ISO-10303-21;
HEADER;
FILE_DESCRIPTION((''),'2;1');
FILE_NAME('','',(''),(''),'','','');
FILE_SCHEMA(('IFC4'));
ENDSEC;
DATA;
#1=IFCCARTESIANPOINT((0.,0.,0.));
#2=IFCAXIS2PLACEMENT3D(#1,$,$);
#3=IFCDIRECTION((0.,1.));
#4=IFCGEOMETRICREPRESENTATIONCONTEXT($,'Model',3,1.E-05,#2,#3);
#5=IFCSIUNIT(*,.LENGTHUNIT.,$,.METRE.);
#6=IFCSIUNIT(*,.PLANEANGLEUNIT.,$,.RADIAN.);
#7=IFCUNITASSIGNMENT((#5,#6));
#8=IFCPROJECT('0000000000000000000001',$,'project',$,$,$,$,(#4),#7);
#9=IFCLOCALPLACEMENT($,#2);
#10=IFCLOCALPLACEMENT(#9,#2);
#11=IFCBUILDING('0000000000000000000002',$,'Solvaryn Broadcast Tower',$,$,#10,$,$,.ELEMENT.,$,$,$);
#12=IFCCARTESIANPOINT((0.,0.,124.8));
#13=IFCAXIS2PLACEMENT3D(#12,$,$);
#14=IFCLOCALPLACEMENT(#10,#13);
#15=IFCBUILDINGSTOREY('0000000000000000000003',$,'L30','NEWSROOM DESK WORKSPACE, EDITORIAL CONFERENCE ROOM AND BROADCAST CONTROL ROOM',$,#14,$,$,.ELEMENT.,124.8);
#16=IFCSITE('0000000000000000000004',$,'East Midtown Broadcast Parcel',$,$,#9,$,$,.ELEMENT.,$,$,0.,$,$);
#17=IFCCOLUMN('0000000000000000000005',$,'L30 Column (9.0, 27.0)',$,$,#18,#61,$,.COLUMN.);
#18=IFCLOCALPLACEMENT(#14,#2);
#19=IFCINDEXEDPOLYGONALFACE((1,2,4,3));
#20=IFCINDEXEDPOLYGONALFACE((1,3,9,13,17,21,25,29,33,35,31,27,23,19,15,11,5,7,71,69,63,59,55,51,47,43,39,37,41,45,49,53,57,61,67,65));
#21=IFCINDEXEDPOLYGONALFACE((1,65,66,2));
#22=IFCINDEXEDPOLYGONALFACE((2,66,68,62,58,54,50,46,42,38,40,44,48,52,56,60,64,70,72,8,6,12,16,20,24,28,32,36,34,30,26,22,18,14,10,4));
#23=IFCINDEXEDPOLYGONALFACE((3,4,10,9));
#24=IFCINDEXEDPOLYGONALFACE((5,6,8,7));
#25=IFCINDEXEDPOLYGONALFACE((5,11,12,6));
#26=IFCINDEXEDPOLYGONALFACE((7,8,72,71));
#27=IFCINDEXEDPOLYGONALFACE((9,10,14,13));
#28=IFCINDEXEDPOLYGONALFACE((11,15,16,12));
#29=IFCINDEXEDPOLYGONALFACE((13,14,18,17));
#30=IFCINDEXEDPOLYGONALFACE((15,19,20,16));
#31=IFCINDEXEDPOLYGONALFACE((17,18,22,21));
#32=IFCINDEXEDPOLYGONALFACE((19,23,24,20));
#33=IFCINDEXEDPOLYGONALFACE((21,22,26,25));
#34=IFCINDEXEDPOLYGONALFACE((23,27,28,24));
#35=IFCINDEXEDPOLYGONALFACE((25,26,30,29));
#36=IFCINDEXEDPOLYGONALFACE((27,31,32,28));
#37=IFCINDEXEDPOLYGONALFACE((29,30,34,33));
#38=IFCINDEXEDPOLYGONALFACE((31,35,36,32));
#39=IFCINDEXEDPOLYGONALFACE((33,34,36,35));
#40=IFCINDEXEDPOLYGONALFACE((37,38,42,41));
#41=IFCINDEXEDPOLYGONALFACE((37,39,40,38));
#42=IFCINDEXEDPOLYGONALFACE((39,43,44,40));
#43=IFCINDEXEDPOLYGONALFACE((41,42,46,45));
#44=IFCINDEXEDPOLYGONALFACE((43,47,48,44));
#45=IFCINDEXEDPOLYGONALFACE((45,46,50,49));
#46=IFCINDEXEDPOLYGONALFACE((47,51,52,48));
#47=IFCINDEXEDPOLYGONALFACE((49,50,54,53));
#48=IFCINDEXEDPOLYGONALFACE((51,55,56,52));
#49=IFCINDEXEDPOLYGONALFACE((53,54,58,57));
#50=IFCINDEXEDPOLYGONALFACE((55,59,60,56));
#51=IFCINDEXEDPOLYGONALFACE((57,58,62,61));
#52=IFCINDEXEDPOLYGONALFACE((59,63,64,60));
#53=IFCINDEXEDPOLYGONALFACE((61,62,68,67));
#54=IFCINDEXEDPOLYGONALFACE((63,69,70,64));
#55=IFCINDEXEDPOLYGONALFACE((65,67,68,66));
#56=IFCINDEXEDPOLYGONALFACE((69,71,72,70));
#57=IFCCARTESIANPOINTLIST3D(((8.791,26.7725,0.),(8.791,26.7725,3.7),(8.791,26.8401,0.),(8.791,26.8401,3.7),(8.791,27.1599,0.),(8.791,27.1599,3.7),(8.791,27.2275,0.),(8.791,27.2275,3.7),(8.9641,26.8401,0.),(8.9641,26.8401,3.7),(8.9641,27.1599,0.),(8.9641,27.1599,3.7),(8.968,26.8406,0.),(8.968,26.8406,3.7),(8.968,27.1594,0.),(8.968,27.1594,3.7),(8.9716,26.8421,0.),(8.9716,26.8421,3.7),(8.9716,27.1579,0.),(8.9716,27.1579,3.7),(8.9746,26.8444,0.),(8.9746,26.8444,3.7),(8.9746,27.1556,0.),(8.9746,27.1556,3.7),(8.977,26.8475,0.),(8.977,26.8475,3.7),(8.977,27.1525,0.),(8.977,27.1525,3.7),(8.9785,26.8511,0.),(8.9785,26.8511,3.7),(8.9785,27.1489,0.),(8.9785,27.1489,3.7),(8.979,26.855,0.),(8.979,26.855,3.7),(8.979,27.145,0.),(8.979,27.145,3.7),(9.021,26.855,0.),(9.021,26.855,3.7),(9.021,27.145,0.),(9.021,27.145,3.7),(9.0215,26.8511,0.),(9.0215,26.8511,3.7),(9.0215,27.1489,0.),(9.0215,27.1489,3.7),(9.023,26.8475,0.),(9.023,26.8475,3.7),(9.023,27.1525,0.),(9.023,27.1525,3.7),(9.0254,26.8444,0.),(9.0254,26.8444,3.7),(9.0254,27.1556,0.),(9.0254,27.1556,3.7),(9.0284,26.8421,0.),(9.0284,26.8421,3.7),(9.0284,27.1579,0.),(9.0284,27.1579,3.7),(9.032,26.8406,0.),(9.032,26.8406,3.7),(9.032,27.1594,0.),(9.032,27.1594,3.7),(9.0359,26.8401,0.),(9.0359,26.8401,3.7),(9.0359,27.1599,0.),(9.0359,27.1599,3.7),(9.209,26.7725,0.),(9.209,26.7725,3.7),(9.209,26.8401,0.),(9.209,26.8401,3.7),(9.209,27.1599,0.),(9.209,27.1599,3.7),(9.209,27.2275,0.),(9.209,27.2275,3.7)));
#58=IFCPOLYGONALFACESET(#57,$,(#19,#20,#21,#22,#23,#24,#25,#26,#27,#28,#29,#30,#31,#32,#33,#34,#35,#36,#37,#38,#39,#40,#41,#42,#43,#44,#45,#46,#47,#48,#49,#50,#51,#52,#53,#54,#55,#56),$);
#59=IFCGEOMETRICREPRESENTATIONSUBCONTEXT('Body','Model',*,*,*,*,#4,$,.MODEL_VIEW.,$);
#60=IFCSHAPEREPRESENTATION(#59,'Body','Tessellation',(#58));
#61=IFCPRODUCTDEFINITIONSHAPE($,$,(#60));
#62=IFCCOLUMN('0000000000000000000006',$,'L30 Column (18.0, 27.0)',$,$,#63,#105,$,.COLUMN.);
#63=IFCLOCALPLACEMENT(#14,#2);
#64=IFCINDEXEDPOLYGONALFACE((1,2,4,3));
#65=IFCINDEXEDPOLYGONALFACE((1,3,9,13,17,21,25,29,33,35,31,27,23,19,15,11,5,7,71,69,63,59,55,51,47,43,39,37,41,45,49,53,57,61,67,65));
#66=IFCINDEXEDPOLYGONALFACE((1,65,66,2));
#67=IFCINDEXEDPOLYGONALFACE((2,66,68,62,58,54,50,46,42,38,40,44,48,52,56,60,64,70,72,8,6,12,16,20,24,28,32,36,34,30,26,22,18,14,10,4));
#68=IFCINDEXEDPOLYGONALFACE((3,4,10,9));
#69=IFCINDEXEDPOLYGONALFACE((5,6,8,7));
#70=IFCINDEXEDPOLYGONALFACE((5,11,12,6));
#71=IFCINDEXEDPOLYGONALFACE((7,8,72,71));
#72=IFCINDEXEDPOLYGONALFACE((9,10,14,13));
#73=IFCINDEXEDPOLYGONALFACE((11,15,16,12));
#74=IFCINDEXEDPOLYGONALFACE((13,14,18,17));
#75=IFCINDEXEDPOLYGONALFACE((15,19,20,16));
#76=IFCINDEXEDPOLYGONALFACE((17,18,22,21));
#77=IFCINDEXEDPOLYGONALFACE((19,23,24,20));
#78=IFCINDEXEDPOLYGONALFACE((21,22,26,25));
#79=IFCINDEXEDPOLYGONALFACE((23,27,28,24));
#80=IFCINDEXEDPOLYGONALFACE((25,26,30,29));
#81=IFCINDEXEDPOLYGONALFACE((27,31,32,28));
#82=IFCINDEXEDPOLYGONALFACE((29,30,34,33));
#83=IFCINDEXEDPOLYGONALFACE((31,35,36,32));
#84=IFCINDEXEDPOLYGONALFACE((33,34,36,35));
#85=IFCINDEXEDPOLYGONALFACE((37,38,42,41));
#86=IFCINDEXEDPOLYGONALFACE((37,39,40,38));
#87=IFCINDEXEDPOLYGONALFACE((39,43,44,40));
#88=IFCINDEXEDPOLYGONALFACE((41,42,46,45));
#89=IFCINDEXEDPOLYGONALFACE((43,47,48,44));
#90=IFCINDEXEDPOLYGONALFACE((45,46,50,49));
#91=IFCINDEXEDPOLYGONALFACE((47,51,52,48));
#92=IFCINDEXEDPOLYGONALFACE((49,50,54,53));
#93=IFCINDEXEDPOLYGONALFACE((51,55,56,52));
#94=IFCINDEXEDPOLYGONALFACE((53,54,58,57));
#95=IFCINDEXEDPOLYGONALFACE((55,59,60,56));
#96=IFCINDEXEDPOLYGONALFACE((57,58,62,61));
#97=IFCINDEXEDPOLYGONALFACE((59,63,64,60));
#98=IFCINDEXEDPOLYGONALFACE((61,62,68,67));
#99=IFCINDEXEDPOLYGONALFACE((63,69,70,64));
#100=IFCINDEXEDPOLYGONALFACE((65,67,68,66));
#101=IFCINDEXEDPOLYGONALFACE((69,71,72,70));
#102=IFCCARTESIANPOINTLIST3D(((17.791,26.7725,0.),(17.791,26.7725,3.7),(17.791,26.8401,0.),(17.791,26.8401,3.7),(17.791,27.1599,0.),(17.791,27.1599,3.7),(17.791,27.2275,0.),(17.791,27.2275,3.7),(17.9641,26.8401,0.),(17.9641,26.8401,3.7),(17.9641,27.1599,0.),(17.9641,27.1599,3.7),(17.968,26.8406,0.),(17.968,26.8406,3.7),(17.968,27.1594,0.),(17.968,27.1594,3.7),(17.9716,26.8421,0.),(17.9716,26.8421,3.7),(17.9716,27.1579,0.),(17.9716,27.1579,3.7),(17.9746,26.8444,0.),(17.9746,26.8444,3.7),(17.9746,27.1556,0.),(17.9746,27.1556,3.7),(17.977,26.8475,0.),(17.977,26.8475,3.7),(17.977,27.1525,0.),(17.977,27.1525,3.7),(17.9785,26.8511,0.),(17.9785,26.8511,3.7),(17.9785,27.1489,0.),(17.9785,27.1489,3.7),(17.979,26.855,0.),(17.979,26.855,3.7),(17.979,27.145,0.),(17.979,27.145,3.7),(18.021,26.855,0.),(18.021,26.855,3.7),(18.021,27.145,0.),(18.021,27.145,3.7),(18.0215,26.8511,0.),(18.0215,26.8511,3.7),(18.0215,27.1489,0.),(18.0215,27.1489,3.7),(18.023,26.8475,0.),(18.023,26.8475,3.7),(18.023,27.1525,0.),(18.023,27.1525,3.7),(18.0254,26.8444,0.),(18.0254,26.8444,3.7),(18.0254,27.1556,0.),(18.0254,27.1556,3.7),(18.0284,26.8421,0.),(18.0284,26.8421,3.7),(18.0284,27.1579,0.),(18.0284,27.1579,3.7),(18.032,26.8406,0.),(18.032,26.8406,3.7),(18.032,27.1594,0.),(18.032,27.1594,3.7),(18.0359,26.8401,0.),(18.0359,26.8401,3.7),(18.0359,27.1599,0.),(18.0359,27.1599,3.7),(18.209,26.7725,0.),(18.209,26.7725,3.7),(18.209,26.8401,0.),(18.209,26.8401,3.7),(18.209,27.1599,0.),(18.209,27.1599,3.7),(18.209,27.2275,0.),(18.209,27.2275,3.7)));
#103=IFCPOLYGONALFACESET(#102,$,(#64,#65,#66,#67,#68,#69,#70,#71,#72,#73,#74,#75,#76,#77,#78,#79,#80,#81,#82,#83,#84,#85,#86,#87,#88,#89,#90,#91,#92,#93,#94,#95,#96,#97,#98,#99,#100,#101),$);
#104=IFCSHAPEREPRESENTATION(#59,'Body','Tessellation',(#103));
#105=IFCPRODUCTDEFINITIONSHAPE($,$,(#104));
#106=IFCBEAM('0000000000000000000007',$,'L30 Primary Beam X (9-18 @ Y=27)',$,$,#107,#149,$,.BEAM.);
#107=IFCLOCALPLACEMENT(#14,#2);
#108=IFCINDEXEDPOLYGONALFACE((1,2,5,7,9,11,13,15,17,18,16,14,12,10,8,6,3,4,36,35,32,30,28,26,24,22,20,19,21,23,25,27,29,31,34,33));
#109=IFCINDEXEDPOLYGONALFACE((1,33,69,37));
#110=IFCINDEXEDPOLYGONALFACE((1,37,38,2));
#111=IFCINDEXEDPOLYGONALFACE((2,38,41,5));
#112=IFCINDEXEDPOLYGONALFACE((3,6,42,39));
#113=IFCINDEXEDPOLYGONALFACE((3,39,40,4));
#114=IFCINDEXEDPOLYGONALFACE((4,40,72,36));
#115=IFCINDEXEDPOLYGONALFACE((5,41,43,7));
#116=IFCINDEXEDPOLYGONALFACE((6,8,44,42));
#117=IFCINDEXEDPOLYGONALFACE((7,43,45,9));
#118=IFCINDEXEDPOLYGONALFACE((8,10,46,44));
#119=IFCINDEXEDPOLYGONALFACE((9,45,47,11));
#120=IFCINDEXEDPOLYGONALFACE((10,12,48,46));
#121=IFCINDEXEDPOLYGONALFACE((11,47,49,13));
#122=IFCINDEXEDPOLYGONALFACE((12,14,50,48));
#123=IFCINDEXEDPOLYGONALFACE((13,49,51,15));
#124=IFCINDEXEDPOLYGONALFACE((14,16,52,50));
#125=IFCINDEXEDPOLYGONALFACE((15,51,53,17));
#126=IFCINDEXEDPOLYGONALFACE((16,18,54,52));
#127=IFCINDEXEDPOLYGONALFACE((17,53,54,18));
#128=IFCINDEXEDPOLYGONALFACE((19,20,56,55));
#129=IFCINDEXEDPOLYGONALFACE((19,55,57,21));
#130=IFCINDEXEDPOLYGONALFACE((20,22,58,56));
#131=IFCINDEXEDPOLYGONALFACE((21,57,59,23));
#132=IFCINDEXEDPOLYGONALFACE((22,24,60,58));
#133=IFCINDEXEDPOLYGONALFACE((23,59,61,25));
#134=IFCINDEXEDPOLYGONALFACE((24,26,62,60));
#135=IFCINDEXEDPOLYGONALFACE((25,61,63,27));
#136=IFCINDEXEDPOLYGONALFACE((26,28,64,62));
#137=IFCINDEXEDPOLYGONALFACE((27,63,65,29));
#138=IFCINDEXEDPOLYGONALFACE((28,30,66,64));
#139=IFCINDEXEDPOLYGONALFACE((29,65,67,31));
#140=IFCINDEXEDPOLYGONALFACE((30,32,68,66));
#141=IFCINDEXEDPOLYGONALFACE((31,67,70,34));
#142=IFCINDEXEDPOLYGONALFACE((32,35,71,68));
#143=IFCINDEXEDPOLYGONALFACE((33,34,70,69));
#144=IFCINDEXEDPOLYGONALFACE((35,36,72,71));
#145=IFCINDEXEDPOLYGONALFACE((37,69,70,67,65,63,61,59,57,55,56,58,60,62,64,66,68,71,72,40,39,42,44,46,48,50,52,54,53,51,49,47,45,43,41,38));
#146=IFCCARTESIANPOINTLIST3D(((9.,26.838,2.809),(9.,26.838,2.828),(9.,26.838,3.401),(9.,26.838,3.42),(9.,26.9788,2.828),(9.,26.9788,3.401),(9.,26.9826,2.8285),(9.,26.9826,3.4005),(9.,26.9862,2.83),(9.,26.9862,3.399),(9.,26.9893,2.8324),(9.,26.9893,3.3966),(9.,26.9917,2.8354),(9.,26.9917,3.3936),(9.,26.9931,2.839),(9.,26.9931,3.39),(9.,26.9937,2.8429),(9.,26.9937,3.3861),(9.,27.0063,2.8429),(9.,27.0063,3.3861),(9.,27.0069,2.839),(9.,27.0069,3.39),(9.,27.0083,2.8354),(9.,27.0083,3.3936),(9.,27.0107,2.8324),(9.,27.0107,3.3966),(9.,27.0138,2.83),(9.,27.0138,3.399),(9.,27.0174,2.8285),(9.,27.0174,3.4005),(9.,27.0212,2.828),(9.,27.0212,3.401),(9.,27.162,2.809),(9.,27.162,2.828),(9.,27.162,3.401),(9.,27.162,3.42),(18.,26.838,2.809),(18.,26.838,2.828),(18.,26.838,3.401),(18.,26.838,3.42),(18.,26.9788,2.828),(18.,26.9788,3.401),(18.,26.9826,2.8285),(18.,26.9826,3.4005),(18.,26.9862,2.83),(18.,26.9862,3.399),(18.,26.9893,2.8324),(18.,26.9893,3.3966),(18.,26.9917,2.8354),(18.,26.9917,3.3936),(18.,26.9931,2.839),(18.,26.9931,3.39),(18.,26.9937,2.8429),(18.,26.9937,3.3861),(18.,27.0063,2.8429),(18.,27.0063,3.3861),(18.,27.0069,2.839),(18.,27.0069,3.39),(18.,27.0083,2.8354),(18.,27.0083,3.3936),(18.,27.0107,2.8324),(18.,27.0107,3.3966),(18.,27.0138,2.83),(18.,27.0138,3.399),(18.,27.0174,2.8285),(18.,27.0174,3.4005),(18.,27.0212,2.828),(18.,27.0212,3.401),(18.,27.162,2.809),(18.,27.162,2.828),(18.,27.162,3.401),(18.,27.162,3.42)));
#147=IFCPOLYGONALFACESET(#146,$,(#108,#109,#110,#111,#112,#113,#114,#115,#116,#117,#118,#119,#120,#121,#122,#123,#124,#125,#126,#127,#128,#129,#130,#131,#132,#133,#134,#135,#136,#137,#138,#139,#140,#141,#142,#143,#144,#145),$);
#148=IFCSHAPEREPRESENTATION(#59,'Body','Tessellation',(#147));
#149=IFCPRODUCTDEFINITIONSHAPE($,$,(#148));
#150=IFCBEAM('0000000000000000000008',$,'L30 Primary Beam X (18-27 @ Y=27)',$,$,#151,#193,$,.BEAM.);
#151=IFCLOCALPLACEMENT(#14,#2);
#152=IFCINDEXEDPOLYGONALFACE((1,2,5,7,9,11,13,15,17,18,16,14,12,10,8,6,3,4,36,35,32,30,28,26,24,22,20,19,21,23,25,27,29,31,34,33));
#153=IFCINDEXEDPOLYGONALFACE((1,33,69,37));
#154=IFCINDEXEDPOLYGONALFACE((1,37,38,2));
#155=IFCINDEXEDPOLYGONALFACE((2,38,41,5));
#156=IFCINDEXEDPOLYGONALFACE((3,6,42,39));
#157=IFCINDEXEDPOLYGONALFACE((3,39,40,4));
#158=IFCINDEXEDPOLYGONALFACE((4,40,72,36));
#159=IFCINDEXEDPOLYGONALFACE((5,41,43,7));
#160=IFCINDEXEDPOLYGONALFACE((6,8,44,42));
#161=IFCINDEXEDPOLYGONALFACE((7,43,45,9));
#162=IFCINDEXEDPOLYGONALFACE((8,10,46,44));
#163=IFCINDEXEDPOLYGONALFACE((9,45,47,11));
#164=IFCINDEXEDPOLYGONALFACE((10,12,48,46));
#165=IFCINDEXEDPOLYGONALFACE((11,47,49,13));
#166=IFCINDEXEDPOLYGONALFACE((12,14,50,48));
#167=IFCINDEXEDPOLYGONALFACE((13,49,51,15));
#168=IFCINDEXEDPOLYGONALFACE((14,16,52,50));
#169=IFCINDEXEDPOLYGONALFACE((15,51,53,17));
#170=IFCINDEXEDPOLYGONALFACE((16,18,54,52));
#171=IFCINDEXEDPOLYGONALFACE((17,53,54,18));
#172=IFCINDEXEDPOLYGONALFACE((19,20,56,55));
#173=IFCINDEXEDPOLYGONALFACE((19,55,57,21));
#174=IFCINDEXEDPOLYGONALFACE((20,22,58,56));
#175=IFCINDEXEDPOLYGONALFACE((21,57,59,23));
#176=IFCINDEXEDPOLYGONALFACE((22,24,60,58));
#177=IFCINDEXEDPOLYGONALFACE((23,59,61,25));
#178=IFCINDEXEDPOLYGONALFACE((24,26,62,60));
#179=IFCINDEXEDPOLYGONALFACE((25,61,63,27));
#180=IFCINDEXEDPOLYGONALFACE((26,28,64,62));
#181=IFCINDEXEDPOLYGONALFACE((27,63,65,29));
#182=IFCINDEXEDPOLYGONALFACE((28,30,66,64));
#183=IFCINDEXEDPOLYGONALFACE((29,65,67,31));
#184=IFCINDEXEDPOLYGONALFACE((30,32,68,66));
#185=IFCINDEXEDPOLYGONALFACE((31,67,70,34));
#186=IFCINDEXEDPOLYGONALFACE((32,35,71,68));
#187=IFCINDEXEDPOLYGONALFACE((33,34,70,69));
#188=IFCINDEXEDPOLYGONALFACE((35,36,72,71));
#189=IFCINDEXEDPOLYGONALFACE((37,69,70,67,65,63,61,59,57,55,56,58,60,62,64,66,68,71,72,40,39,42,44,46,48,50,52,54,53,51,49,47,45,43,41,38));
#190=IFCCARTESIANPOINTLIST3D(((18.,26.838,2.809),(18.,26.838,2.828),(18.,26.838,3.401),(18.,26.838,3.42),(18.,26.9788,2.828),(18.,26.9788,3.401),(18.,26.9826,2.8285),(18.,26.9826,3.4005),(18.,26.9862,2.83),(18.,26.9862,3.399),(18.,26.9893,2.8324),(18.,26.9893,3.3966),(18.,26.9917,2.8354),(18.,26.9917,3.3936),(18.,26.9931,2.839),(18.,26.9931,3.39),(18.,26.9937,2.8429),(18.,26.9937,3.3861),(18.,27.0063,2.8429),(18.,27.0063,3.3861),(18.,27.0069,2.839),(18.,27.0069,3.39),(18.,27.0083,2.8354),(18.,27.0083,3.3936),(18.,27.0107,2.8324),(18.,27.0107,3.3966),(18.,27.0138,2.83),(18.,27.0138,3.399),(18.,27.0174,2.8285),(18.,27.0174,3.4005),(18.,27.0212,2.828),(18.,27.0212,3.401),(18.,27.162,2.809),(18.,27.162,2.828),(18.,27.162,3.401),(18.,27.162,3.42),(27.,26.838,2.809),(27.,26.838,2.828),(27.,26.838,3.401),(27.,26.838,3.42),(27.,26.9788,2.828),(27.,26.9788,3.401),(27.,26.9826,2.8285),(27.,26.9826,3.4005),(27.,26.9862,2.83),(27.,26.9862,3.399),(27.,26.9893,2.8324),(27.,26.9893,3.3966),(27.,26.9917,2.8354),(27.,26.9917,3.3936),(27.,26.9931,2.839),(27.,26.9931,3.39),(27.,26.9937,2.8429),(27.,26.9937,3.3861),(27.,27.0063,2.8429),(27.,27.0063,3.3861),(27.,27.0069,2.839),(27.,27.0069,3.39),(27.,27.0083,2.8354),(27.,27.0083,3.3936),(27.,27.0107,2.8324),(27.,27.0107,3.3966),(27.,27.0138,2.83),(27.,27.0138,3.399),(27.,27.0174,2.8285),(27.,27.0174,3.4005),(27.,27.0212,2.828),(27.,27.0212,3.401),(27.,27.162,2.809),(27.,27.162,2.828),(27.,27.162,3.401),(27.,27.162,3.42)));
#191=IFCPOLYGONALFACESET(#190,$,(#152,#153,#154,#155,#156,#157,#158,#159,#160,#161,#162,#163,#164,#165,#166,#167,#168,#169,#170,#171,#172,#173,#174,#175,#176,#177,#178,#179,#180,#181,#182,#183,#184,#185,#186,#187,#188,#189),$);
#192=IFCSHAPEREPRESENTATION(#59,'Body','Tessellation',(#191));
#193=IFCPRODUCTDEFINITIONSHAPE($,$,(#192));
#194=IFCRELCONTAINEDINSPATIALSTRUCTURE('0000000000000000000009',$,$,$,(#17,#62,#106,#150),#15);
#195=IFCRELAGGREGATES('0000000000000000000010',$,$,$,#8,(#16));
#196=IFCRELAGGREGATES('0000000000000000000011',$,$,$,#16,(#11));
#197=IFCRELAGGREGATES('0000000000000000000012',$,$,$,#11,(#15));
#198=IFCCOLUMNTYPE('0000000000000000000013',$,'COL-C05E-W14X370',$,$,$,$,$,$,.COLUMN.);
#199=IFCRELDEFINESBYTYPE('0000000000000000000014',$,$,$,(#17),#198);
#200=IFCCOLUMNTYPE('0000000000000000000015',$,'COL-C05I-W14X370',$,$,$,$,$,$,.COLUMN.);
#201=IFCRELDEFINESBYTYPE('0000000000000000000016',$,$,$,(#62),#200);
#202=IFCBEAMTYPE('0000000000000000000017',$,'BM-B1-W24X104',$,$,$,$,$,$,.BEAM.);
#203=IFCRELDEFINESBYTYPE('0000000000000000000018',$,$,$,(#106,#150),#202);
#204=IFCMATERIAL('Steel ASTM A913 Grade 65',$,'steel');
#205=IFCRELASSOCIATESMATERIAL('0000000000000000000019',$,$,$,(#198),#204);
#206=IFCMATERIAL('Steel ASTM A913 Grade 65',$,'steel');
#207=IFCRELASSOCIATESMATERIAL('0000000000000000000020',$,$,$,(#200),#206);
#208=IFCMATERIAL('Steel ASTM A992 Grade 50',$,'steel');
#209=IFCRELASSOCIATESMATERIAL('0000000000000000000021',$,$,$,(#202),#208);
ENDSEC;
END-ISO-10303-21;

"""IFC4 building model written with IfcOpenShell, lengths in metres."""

from ifc_helpers import new_model, si_unit, direction, frame, origin, origin_2d, place, context, subcontext, project, spatial, i_section, extrude, material, material_profile, profile_set, type_object, element, save


model = new_model("IFC4")

# Units and contexts
model_context = context("Model", 3, precision=1e-05, world=origin(), true_north=direction((0.0, 1.0)))
body_context = subcontext(model_context, "Body", "Model", "MODEL_VIEW")
ifc_project = project(units=[si_unit("LENGTHUNIT", "METRE"), si_unit("PLANEANGLEUNIT", "RADIAN")], contexts=[model_context])

# Site, building, storey
site_placement = place(None, origin())
site = spatial("IfcSite", under=ifc_project, at=site_placement, Name="East Midtown Broadcast Parcel", CompositionType="ELEMENT", RefElevation=0.0)
building_placement = place(site_placement, origin())
building = spatial("IfcBuilding", under=site, at=building_placement, Name="Solvaryn Broadcast Tower", CompositionType="ELEMENT")
storey_placement = place(building_placement, frame((0.0, 0.0, 124.8)))
storey = spatial("IfcBuildingStorey", under=building, at=storey_placement, Name="L30", Description="NEWSROOM DESK WORKSPACE, EDITORIAL CONFERENCE ROOM AND BROADCAST CONTROL ROOM", CompositionType="ELEMENT", Elevation=124.8)

# Columns
ifc_material_1 = material(Name="Steel ASTM A913 Grade 65", Category="steel")
ifc_material_profile_1 = material_profile(ifc_material_1, i_section(OverallWidth=0.418, OverallDepth=0.4551, WebThickness=0.042, FlangeThickness=0.0676, FilletRadius=0.0149, at=origin_2d()))
ifc_profile_set_1 = profile_set([ifc_material_profile_1], Name="Steel ASTM A913 Grade 65")
column_type_1 = type_object("IfcColumnType", Name="COL-C05E-W14X370", PredefinedType="COLUMN", material=ifc_profile_set_1)
column_1_placement = place(storey_placement, frame((9.0, 27.0, 0.0), z_axis=(0.0, 0.0, 1.0), x_axis=(1.0, 0.0, 0.0)))
element("IfcColumn", 1, at=column_1_placement, inside=storey, type_object=column_type_1, Name="L30 Column (9.0, 27.0)", PredefinedType="COLUMN", context=body_context, shape_type="SweptSolid", body=[
    extrude(i_section(OverallWidth=0.418, OverallDepth=0.4551, WebThickness=0.042, FlangeThickness=0.0676, FilletRadius=0.0149, at=origin_2d()), origin(), (0.0, 0.0, 1.0), 3.7),
])
ifc_material_2 = material(Name="Steel ASTM A913 Grade 65", Category="steel")
ifc_material_profile_2 = material_profile(ifc_material_2, i_section(OverallWidth=0.418, OverallDepth=0.4551, WebThickness=0.042, FlangeThickness=0.0676, FilletRadius=0.0149, at=origin_2d()))
ifc_profile_set_2 = profile_set([ifc_material_profile_2], Name="Steel ASTM A913 Grade 65")
column_type_2 = type_object("IfcColumnType", Name="COL-C05I-W14X370", PredefinedType="COLUMN", material=ifc_profile_set_2)
column_2_placement = place(storey_placement, frame((18.0, 27.0, 0.0), z_axis=(0.0, 0.0, 1.0), x_axis=(1.0, 0.0, 0.0)))
element("IfcColumn", 2, at=column_2_placement, inside=storey, type_object=column_type_2, Name="L30 Column (18.0, 27.0)", PredefinedType="COLUMN", context=body_context, shape_type="SweptSolid", body=[
    extrude(i_section(OverallWidth=0.418, OverallDepth=0.4551, WebThickness=0.042, FlangeThickness=0.0676, FilletRadius=0.0149, at=origin_2d()), origin(), (0.0, 0.0, 1.0), 3.7),
])

# Beams
ifc_material_3 = material(Name="Steel ASTM A992 Grade 50", Category="steel")
ifc_material_profile_3 = material_profile(ifc_material_3, i_section(OverallWidth=0.324, OverallDepth=0.6111, WebThickness=0.0127, FlangeThickness=0.019, FilletRadius=0.0149, at=origin_2d()))
ifc_profile_set_3 = profile_set([ifc_material_profile_3], Name="Steel ASTM A992 Grade 50")
beam_type_1 = type_object("IfcBeamType", Name="BM-B1-W24X104", PredefinedType="BEAM", material=ifc_profile_set_3)
for number, where, z_axis, x_axis, name in (
    (3, (9.0, 27.0, 3.1145), (1.0, 0.0, 0.0), (0.0, 1.0, 0.0), "L30 Primary Beam X (9-18 @ Y=27)"),
    (4, (18.0, 27.0, 3.1145), (1.0, 0.0, 0.0), (0.0, 1.0, 0.0), "L30 Primary Beam X (18-27 @ Y=27)"),
):
    element("IfcBeam", number, at=place(storey_placement, frame(where, z_axis=z_axis, x_axis=x_axis)), inside=storey, type_object=beam_type_1, Name=name, PredefinedType="BEAM", context=body_context, shape_type="SweptSolid", body=[
        extrude(i_section(OverallWidth=0.324, OverallDepth=0.6111, WebThickness=0.0127, FlangeThickness=0.019, FilletRadius=0.0149, at=origin_2d()), origin(), (0.0, 0.0, 1.0), 9.0),
    ])

save(model, "model.ifc")
